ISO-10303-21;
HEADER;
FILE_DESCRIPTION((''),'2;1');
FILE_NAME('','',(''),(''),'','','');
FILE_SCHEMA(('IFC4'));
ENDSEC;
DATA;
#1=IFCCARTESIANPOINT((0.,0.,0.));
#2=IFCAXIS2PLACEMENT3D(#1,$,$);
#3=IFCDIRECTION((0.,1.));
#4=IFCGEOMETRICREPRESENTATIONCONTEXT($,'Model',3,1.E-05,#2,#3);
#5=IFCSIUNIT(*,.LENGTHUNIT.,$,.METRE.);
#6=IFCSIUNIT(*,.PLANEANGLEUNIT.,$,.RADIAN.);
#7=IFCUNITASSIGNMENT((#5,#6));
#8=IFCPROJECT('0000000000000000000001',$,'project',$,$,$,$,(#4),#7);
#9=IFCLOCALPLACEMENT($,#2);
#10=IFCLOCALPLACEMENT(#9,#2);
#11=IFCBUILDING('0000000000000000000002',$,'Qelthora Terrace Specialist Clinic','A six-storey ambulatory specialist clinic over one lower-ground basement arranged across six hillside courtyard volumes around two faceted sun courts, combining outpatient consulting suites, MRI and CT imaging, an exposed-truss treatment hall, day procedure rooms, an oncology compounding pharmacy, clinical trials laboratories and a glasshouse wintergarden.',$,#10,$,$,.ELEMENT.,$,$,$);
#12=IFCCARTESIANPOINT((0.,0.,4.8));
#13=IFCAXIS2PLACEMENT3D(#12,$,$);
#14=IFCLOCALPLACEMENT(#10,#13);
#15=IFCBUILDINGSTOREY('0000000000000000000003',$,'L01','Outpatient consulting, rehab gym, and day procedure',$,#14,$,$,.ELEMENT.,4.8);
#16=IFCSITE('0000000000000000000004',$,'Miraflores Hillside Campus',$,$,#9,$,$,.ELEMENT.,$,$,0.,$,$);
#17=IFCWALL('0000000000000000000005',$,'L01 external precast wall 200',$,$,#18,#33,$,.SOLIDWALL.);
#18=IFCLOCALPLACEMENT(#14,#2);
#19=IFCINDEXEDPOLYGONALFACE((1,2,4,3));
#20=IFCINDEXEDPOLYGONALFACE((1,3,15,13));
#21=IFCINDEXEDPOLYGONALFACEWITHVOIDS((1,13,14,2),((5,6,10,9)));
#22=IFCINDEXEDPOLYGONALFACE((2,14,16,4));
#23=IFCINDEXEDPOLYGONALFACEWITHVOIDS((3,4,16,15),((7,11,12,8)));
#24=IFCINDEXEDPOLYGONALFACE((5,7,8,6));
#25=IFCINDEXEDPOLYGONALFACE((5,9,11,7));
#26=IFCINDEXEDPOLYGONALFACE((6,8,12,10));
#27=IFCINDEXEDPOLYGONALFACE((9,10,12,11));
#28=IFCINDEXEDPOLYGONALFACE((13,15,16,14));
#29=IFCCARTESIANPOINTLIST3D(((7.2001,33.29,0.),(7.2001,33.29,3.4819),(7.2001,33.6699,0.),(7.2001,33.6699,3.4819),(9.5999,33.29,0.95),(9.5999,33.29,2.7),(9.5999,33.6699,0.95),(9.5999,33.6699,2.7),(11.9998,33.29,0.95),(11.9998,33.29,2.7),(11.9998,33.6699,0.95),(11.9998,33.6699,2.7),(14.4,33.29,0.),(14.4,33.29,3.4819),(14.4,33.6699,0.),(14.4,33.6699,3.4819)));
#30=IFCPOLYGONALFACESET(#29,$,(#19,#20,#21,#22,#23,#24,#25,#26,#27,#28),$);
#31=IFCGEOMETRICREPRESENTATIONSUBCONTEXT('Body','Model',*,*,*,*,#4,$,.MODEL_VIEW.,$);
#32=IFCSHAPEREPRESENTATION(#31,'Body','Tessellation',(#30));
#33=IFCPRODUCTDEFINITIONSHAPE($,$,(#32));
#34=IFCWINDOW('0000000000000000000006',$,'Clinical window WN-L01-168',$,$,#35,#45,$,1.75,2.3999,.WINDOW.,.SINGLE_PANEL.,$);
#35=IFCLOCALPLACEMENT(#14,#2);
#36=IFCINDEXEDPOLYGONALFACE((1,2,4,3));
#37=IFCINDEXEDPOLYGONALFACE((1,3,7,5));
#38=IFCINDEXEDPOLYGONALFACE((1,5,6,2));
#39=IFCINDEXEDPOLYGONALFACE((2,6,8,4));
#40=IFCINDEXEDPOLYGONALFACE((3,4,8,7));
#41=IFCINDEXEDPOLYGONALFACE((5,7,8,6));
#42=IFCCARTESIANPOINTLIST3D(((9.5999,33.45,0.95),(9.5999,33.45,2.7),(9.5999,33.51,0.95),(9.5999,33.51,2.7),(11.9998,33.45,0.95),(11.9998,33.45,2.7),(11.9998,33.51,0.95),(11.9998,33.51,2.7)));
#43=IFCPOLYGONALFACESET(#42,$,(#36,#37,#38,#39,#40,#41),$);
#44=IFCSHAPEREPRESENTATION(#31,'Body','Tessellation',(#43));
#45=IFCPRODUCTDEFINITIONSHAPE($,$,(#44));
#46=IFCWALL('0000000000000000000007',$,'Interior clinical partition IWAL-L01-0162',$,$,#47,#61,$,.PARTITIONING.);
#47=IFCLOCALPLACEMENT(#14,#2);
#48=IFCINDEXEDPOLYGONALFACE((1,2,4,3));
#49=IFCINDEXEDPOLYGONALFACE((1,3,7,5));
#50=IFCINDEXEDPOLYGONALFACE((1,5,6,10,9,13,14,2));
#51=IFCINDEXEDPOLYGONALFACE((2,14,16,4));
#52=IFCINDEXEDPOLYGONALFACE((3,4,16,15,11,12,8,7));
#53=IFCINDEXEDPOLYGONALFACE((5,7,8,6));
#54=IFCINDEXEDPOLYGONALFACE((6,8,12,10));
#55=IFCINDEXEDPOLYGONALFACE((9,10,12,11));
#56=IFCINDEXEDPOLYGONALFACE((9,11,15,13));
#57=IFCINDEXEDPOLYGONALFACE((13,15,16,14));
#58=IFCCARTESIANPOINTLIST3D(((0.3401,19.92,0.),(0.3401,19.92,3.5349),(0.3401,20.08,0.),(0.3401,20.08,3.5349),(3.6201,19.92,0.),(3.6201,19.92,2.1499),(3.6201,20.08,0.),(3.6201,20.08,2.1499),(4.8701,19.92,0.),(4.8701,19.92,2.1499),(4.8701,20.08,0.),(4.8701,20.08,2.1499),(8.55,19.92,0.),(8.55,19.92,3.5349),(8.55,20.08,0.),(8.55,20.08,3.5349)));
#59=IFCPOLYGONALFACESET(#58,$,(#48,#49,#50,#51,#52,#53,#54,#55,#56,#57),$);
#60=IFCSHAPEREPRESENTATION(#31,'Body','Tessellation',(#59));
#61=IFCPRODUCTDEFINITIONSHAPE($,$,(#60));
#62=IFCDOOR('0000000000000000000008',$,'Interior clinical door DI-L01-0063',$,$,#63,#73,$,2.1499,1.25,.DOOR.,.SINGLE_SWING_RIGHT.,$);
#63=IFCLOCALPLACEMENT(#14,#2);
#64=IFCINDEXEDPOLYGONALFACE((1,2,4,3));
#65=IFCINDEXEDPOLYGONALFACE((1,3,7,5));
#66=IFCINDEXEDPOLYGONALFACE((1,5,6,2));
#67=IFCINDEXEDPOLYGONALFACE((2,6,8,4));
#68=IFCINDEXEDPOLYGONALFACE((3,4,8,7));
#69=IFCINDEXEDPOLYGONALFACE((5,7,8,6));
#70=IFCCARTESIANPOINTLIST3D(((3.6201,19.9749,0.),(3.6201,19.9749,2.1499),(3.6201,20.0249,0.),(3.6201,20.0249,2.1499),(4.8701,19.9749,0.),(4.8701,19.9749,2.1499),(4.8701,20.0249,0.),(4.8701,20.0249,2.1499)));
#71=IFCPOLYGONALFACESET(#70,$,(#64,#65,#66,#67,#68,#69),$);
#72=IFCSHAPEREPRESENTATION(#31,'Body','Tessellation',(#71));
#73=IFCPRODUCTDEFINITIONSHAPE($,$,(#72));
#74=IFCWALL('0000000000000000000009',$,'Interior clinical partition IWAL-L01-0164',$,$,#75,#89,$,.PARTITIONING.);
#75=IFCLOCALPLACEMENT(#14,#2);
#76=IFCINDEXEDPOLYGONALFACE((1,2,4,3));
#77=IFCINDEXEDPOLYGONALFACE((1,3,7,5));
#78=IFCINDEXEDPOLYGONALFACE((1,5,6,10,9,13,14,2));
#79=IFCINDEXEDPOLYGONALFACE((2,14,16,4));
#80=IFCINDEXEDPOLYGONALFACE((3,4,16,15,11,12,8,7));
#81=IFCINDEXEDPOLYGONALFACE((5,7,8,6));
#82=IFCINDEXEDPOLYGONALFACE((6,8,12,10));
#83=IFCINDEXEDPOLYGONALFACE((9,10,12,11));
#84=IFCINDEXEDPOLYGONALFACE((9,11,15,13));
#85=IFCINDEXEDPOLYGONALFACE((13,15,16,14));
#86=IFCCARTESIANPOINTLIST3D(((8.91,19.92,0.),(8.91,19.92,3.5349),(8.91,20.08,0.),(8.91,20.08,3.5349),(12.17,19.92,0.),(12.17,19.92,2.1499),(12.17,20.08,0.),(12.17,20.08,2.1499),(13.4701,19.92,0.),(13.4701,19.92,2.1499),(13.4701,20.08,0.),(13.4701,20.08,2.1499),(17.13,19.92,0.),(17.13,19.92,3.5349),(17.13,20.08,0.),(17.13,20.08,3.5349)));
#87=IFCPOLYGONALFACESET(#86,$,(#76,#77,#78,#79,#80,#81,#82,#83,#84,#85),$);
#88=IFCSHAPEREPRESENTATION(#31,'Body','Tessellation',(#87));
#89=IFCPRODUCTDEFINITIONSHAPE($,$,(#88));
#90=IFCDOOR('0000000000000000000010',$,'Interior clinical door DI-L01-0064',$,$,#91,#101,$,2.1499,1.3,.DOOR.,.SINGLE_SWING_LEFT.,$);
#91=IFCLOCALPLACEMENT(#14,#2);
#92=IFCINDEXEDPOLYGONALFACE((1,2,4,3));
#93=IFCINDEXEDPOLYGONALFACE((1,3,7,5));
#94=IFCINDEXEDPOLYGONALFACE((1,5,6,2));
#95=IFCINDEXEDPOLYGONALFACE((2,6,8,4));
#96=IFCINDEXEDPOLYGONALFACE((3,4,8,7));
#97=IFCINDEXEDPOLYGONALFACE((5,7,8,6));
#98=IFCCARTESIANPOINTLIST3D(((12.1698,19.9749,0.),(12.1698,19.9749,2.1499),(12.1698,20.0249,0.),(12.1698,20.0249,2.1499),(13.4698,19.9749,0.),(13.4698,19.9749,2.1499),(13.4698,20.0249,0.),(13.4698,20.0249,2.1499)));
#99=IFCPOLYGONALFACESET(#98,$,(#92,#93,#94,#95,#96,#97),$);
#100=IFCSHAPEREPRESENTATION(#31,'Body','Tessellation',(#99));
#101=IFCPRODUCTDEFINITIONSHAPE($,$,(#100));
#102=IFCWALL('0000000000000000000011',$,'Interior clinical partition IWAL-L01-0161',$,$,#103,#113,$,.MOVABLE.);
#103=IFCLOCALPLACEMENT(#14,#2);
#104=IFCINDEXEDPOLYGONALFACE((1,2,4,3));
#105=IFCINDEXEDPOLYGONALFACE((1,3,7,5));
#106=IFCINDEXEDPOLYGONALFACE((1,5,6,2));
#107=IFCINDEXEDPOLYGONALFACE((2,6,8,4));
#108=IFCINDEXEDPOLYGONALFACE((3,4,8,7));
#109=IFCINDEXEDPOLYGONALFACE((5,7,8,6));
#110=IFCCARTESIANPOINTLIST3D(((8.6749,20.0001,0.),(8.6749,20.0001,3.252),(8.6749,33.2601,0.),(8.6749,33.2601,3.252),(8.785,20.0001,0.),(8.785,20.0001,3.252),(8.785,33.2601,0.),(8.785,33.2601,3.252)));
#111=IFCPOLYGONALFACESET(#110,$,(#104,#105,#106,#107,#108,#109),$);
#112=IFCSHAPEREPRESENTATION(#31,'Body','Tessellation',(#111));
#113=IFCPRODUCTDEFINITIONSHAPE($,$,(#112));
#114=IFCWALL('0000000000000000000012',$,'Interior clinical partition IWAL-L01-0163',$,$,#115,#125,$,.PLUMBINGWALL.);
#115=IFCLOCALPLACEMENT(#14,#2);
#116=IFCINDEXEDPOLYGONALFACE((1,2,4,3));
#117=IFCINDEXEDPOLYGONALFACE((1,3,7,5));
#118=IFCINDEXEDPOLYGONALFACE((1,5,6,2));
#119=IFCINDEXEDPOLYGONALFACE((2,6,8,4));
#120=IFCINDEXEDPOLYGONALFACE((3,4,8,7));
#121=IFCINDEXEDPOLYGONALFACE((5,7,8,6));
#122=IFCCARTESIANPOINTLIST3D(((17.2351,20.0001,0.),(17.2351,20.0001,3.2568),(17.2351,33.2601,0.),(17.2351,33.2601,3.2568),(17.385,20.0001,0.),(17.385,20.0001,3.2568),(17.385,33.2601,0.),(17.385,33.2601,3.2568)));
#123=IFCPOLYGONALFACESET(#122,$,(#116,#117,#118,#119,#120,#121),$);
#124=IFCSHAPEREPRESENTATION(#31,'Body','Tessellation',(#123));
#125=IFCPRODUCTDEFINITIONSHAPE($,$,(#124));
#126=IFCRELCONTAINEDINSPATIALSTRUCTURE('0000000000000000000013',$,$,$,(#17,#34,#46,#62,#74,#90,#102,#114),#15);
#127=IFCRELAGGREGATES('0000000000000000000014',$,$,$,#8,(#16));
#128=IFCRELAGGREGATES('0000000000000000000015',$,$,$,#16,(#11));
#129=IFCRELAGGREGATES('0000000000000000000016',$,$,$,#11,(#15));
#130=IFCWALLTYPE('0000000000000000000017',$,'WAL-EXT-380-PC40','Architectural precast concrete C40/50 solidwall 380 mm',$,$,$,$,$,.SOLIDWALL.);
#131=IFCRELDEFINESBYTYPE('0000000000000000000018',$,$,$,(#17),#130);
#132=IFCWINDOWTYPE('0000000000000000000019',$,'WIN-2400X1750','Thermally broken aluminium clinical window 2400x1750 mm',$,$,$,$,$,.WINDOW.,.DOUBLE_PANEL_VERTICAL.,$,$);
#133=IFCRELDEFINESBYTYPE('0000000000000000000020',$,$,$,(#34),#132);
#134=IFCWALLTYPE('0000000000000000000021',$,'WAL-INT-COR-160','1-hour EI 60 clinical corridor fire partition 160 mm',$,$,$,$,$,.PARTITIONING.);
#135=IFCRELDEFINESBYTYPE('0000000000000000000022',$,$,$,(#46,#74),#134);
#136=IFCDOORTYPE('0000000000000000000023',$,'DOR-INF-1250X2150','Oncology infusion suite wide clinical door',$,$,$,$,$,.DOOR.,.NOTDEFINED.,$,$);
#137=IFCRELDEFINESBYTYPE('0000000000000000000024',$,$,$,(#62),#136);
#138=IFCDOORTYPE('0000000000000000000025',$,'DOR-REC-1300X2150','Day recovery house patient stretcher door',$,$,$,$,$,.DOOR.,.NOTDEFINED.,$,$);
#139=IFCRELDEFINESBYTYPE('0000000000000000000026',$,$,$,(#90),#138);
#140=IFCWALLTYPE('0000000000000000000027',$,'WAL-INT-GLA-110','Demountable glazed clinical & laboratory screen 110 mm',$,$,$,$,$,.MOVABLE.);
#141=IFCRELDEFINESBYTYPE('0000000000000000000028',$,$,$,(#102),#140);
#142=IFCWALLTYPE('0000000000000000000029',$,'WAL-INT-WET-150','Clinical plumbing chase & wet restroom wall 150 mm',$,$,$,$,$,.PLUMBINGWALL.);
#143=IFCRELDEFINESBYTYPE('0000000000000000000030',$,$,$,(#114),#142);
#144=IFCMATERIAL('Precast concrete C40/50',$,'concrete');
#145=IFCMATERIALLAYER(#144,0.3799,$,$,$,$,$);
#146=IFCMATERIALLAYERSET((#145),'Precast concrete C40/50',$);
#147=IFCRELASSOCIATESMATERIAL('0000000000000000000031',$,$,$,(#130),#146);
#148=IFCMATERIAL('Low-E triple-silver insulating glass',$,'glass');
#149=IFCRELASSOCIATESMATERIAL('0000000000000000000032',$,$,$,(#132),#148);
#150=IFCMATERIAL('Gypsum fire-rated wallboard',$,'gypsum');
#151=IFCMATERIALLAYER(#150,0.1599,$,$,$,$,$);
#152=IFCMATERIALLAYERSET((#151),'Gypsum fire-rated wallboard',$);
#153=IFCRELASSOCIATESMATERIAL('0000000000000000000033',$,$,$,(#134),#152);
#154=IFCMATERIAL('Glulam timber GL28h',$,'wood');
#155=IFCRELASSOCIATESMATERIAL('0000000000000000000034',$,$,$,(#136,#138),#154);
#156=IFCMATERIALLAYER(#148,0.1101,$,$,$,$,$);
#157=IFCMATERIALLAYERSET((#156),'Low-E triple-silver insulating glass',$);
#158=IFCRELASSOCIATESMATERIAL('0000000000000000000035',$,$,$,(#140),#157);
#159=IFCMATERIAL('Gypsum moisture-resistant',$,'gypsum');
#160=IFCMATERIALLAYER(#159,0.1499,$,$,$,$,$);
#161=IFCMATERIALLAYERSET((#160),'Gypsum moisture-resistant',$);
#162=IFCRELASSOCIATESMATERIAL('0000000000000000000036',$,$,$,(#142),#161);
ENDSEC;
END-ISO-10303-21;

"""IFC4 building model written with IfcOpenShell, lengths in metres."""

from ifc_helpers import new_model, si_unit, direction, frame, frame_2d, origin, place, context, subcontext, project, spatial, rectangle, extrude, material, layer, layer_set, type_object, element, fill, save


model = new_model("IFC4")

# Units and contexts
model_context = context("Model", 3, precision=1e-05, world=origin(), true_north=direction((0.0, 1.0)))
body_context = subcontext(model_context, "Body", "Model", "MODEL_VIEW")
ifc_project = project(units=[si_unit("LENGTHUNIT", "METRE"), si_unit("PLANEANGLEUNIT", "RADIAN")], contexts=[model_context])

# Site, building, storey
site_placement = place(None, origin())
site = spatial("IfcSite", under=ifc_project, at=site_placement, Name="Miraflores Hillside Campus", CompositionType="ELEMENT", RefElevation=0.0)
building_placement = place(site_placement, origin())
building = spatial("IfcBuilding", under=site, at=building_placement, Name="Qelthora Terrace Specialist Clinic", Description="A six-storey ambulatory specialist clinic over one lower-ground basement arranged across six hillside courtyard volumes around two faceted sun courts, combining outpatient consulting suites, MRI and CT imaging, an exposed-truss treatment hall, day procedure rooms, an oncology compounding pharmacy, clinical trials laboratories and a glasshouse wintergarden.", CompositionType="ELEMENT")
storey_placement = place(building_placement, frame((0.0, 0.0, 4.8)))
storey = spatial("IfcBuildingStorey", under=building, at=storey_placement, Name="L01", Description="Outpatient consulting, rehab gym, and day procedure", CompositionType="ELEMENT", Elevation=4.8)

# Wall, opening, window
ifc_material_1 = material(Name="Precast concrete C40/50", Category="concrete")
ifc_material_2 = material(Name="Low-E triple-silver insulating glass", Category="glass")
ifc_layer_1 = layer(ifc_material_1, 0.3799)
ifc_layer_set_1 = layer_set([ifc_layer_1], Name="Precast concrete C40/50")
wall_type_1 = type_object("IfcWallType", Name="WAL-EXT-380-PC40", Description="Architectural precast concrete C40/50 solidwall 380 mm", PredefinedType="SOLIDWALL", material=ifc_layer_set_1)
wall_1_placement = place(storey_placement, frame((7.2, 33.48, 0.0), z_axis=(0.0, 0.0, 1.0), x_axis=(1.0, 0.0, 0.0)))
wall_1 = element("IfcWall", 1, at=wall_1_placement, inside=storey, type_object=wall_type_1, Name="L01 external precast wall 200", PredefinedType="SOLIDWALL", context=body_context, shape_type="SweptSolid", body=[
    extrude(rectangle(XDim=7.2, YDim=0.3799, at=frame_2d((3.6001, 0.0))), origin(), (0.0, 0.0, 1.0), 3.4819),
])
opening_1_placement = place(wall_1_placement, frame((2.3999, 0.0, 0.95)))
opening_1 = element("IfcOpeningElement", 2, at=opening_1_placement, cuts=wall_1, PredefinedType="OPENING", context=body_context, shape_type="SweptSolid", body=[
    extrude(rectangle(XDim=2.3999, YDim=1.75, at=frame_2d((1.2, 0.875))), frame((0.0, 0.2, 0.0), z_axis=(0.0, -1.0, 0.0), x_axis=(1.0, 0.0, 0.0)), (0.0, 0.0, 1.0), 0.3999),
])
window_type_1 = type_object("IfcWindowType", Name="WIN-2400X1750", Description="Thermally broken aluminium clinical window 2400x1750 mm", PartitioningType="DOUBLE_PANEL_VERTICAL", PredefinedType="WINDOW", material=ifc_material_2)
window_1_placement = place(opening_1_placement, origin())
window_1 = element("IfcWindow", 3, at=window_1_placement, inside=storey, type_object=window_type_1, Name="Clinical window WN-L01-168", OverallHeight=1.75, OverallWidth=2.3999, PartitioningType="SINGLE_PANEL", PredefinedType="WINDOW", context=body_context, shape_type="SweptSolid", body=[
    extrude(rectangle(XDim=2.3999, YDim=1.75, at=frame_2d((1.2, 0.875))), frame((0.0, 0.03, 0.0), z_axis=(0.0, -1.0, 0.0), x_axis=(1.0, 0.0, 0.0)), (0.0, 0.0, 1.0), 0.0601),
])
fill(opening_1, window_1)

# Walls, openings, doors
ifc_material_3 = material(Name="Gypsum fire-rated wallboard", Category="gypsum")
ifc_layer_2 = layer(ifc_material_3, 0.1599)
ifc_layer_set_2 = layer_set([ifc_layer_2], Name="Gypsum fire-rated wallboard")
wall_type_2 = type_object("IfcWallType", Name="WAL-INT-COR-160", Description="1-hour EI 60 clinical corridor fire partition 160 mm", PredefinedType="PARTITIONING", material=ifc_layer_set_2)
wall_2_placement = place(storey_placement, frame((8.55, 20.0, 0.0), z_axis=(0.0, 0.0, 1.0), x_axis=(-1.0, 0.0, 0.0)))
wall_2 = element("IfcWall", 4, at=wall_2_placement, inside=storey, type_object=wall_type_2, Name="Interior clinical partition IWAL-L01-0162", PredefinedType="PARTITIONING", context=body_context, shape_type="SweptSolid", body=[
    extrude(rectangle(XDim=8.21, YDim=0.1599, at=frame_2d((4.105, 0.0))), origin(), (0.0, 0.0, 1.0), 3.5349),
])
opening_2_placement = place(wall_2_placement, frame((3.6799, 0.0, 0.0)))
opening_2 = element("IfcOpeningElement", 5, at=opening_2_placement, cuts=wall_2, PredefinedType="OPENING", context=body_context, shape_type="SweptSolid", body=[
    extrude(rectangle(XDim=1.25, YDim=2.1499, at=frame_2d((0.625, 1.075))), frame((0.0, 0.0898, 0.0), z_axis=(0.0, -1.0, 0.0), x_axis=(1.0, 0.0, 0.0)), (0.0, 0.0, 1.0), 0.1799),
])
ifc_material_4 = material(Name="Glulam timber GL28h", Category="wood")
door_type_1 = type_object("IfcDoorType", Name="DOR-INF-1250X2150", Description="Oncology infusion suite wide clinical door", OperationType="NOTDEFINED", PredefinedType="DOOR", material=ifc_material_4)
door_1_placement = place(opening_2_placement, frame((1.25, 0.0, 0.0), z_axis=(0.0, 0.0, 1.0), x_axis=(-1.0, 0.0, 0.0)))
door_1 = element("IfcDoor", 6, at=door_1_placement, inside=storey, type_object=door_type_1, Name="Interior clinical door DI-L01-0063", OperationType="SINGLE_SWING_RIGHT", OverallHeight=2.1499, OverallWidth=1.25, PredefinedType="DOOR", context=body_context, shape_type="SweptSolid", body=[
    extrude(rectangle(XDim=1.25, YDim=2.1499, at=frame_2d((0.625, 1.075))), frame((0.0, 0.0249, 0.0), z_axis=(0.0, -1.0, 0.0), x_axis=(1.0, 0.0, 0.0)), (0.0, 0.0, 1.0), 0.05),
])
fill(opening_2, door_1)
wall_3_placement = place(storey_placement, frame((17.1299, 20.0, 0.0), z_axis=(0.0, 0.0, 1.0), x_axis=(-1.0, 0.0, 0.0)))
wall_3 = element("IfcWall", 7, at=wall_3_placement, inside=storey, type_object=wall_type_2, Name="Interior clinical partition IWAL-L01-0164", PredefinedType="PARTITIONING", context=body_context, shape_type="SweptSolid", body=[
    extrude(rectangle(XDim=8.22, YDim=0.1599, at=frame_2d((4.1099, 0.0))), origin(), (0.0, 0.0, 1.0), 3.5349),
])
opening_3_placement = place(wall_3_placement, frame((3.6599, 0.0, 0.0)))
opening_3 = element("IfcOpeningElement", 8, at=opening_3_placement, cuts=wall_3, PredefinedType="OPENING", context=body_context, shape_type="SweptSolid", body=[
    extrude(rectangle(XDim=1.3, YDim=2.1499, at=frame_2d((0.6499, 1.075))), frame((0.0, 0.0898, 0.0), z_axis=(0.0, -1.0, 0.0), x_axis=(1.0, 0.0, 0.0)), (0.0, 0.0, 1.0), 0.1799),
])
door_type_2 = type_object("IfcDoorType", Name="DOR-REC-1300X2150", Description="Day recovery house patient stretcher door", OperationType="NOTDEFINED", PredefinedType="DOOR", material=ifc_material_4)
door_2_placement = place(opening_3_placement, frame((1.3, 0.0, 0.0), z_axis=(0.0, 0.0, 1.0), x_axis=(-1.0, 0.0, 0.0)))
door_2 = element("IfcDoor", 9, at=door_2_placement, inside=storey, type_object=door_type_2, Name="Interior clinical door DI-L01-0064", OperationType="SINGLE_SWING_LEFT", OverallHeight=2.1499, OverallWidth=1.3, PredefinedType="DOOR", context=body_context, shape_type="SweptSolid", body=[
    extrude(rectangle(XDim=1.3, YDim=2.1499, at=frame_2d((0.6499, 1.075))), frame((0.0, 0.0249, 0.0), z_axis=(0.0, -1.0, 0.0), x_axis=(1.0, 0.0, 0.0)), (0.0, 0.0, 1.0), 0.05),
])
fill(opening_3, door_2)

# Walls
ifc_layer_3 = layer(ifc_material_2, 0.1101)
ifc_layer_set_3 = layer_set([ifc_layer_3], Name="Low-E triple-silver insulating glass")
wall_type_3 = type_object("IfcWallType", Name="WAL-INT-GLA-110", Description="Demountable glazed clinical & laboratory screen 110 mm", PredefinedType="MOVABLE", material=ifc_layer_set_3)
wall_4_placement = place(storey_placement, frame((8.73, 33.26, 0.0), z_axis=(0.0, 0.0, 1.0), x_axis=(0.0, -1.0, 0.0)))
element("IfcWall", 10, at=wall_4_placement, inside=storey, type_object=wall_type_3, Name="Interior clinical partition IWAL-L01-0161", PredefinedType="MOVABLE", context=body_context, shape_type="SweptSolid", body=[
    extrude(rectangle(XDim=13.26, YDim=0.1101, at=frame_2d((6.6299, 0.0))), origin(), (0.0, 0.0, 1.0), 3.252),
])
ifc_material_5 = material(Name="Gypsum moisture-resistant", Category="gypsum")
ifc_layer_4 = layer(ifc_material_5, 0.1499)
ifc_layer_set_4 = layer_set([ifc_layer_4], Name="Gypsum moisture-resistant")
wall_type_4 = type_object("IfcWallType", Name="WAL-INT-WET-150", Description="Clinical plumbing chase & wet restroom wall 150 mm", PredefinedType="PLUMBINGWALL", material=ifc_layer_set_4)
wall_5_placement = place(storey_placement, frame((17.3101, 33.26, 0.0), z_axis=(0.0, 0.0, 1.0), x_axis=(0.0, -1.0, 0.0)))
element("IfcWall", 11, at=wall_5_placement, inside=storey, type_object=wall_type_4, Name="Interior clinical partition IWAL-L01-0163", PredefinedType="PLUMBINGWALL", context=body_context, shape_type="SweptSolid", body=[
    extrude(rectangle(XDim=13.26, YDim=0.1499, at=frame_2d((6.6299, 0.0))), origin(), (0.0, 0.0, 1.0), 3.2568),
])

save(model, "model.ifc")
